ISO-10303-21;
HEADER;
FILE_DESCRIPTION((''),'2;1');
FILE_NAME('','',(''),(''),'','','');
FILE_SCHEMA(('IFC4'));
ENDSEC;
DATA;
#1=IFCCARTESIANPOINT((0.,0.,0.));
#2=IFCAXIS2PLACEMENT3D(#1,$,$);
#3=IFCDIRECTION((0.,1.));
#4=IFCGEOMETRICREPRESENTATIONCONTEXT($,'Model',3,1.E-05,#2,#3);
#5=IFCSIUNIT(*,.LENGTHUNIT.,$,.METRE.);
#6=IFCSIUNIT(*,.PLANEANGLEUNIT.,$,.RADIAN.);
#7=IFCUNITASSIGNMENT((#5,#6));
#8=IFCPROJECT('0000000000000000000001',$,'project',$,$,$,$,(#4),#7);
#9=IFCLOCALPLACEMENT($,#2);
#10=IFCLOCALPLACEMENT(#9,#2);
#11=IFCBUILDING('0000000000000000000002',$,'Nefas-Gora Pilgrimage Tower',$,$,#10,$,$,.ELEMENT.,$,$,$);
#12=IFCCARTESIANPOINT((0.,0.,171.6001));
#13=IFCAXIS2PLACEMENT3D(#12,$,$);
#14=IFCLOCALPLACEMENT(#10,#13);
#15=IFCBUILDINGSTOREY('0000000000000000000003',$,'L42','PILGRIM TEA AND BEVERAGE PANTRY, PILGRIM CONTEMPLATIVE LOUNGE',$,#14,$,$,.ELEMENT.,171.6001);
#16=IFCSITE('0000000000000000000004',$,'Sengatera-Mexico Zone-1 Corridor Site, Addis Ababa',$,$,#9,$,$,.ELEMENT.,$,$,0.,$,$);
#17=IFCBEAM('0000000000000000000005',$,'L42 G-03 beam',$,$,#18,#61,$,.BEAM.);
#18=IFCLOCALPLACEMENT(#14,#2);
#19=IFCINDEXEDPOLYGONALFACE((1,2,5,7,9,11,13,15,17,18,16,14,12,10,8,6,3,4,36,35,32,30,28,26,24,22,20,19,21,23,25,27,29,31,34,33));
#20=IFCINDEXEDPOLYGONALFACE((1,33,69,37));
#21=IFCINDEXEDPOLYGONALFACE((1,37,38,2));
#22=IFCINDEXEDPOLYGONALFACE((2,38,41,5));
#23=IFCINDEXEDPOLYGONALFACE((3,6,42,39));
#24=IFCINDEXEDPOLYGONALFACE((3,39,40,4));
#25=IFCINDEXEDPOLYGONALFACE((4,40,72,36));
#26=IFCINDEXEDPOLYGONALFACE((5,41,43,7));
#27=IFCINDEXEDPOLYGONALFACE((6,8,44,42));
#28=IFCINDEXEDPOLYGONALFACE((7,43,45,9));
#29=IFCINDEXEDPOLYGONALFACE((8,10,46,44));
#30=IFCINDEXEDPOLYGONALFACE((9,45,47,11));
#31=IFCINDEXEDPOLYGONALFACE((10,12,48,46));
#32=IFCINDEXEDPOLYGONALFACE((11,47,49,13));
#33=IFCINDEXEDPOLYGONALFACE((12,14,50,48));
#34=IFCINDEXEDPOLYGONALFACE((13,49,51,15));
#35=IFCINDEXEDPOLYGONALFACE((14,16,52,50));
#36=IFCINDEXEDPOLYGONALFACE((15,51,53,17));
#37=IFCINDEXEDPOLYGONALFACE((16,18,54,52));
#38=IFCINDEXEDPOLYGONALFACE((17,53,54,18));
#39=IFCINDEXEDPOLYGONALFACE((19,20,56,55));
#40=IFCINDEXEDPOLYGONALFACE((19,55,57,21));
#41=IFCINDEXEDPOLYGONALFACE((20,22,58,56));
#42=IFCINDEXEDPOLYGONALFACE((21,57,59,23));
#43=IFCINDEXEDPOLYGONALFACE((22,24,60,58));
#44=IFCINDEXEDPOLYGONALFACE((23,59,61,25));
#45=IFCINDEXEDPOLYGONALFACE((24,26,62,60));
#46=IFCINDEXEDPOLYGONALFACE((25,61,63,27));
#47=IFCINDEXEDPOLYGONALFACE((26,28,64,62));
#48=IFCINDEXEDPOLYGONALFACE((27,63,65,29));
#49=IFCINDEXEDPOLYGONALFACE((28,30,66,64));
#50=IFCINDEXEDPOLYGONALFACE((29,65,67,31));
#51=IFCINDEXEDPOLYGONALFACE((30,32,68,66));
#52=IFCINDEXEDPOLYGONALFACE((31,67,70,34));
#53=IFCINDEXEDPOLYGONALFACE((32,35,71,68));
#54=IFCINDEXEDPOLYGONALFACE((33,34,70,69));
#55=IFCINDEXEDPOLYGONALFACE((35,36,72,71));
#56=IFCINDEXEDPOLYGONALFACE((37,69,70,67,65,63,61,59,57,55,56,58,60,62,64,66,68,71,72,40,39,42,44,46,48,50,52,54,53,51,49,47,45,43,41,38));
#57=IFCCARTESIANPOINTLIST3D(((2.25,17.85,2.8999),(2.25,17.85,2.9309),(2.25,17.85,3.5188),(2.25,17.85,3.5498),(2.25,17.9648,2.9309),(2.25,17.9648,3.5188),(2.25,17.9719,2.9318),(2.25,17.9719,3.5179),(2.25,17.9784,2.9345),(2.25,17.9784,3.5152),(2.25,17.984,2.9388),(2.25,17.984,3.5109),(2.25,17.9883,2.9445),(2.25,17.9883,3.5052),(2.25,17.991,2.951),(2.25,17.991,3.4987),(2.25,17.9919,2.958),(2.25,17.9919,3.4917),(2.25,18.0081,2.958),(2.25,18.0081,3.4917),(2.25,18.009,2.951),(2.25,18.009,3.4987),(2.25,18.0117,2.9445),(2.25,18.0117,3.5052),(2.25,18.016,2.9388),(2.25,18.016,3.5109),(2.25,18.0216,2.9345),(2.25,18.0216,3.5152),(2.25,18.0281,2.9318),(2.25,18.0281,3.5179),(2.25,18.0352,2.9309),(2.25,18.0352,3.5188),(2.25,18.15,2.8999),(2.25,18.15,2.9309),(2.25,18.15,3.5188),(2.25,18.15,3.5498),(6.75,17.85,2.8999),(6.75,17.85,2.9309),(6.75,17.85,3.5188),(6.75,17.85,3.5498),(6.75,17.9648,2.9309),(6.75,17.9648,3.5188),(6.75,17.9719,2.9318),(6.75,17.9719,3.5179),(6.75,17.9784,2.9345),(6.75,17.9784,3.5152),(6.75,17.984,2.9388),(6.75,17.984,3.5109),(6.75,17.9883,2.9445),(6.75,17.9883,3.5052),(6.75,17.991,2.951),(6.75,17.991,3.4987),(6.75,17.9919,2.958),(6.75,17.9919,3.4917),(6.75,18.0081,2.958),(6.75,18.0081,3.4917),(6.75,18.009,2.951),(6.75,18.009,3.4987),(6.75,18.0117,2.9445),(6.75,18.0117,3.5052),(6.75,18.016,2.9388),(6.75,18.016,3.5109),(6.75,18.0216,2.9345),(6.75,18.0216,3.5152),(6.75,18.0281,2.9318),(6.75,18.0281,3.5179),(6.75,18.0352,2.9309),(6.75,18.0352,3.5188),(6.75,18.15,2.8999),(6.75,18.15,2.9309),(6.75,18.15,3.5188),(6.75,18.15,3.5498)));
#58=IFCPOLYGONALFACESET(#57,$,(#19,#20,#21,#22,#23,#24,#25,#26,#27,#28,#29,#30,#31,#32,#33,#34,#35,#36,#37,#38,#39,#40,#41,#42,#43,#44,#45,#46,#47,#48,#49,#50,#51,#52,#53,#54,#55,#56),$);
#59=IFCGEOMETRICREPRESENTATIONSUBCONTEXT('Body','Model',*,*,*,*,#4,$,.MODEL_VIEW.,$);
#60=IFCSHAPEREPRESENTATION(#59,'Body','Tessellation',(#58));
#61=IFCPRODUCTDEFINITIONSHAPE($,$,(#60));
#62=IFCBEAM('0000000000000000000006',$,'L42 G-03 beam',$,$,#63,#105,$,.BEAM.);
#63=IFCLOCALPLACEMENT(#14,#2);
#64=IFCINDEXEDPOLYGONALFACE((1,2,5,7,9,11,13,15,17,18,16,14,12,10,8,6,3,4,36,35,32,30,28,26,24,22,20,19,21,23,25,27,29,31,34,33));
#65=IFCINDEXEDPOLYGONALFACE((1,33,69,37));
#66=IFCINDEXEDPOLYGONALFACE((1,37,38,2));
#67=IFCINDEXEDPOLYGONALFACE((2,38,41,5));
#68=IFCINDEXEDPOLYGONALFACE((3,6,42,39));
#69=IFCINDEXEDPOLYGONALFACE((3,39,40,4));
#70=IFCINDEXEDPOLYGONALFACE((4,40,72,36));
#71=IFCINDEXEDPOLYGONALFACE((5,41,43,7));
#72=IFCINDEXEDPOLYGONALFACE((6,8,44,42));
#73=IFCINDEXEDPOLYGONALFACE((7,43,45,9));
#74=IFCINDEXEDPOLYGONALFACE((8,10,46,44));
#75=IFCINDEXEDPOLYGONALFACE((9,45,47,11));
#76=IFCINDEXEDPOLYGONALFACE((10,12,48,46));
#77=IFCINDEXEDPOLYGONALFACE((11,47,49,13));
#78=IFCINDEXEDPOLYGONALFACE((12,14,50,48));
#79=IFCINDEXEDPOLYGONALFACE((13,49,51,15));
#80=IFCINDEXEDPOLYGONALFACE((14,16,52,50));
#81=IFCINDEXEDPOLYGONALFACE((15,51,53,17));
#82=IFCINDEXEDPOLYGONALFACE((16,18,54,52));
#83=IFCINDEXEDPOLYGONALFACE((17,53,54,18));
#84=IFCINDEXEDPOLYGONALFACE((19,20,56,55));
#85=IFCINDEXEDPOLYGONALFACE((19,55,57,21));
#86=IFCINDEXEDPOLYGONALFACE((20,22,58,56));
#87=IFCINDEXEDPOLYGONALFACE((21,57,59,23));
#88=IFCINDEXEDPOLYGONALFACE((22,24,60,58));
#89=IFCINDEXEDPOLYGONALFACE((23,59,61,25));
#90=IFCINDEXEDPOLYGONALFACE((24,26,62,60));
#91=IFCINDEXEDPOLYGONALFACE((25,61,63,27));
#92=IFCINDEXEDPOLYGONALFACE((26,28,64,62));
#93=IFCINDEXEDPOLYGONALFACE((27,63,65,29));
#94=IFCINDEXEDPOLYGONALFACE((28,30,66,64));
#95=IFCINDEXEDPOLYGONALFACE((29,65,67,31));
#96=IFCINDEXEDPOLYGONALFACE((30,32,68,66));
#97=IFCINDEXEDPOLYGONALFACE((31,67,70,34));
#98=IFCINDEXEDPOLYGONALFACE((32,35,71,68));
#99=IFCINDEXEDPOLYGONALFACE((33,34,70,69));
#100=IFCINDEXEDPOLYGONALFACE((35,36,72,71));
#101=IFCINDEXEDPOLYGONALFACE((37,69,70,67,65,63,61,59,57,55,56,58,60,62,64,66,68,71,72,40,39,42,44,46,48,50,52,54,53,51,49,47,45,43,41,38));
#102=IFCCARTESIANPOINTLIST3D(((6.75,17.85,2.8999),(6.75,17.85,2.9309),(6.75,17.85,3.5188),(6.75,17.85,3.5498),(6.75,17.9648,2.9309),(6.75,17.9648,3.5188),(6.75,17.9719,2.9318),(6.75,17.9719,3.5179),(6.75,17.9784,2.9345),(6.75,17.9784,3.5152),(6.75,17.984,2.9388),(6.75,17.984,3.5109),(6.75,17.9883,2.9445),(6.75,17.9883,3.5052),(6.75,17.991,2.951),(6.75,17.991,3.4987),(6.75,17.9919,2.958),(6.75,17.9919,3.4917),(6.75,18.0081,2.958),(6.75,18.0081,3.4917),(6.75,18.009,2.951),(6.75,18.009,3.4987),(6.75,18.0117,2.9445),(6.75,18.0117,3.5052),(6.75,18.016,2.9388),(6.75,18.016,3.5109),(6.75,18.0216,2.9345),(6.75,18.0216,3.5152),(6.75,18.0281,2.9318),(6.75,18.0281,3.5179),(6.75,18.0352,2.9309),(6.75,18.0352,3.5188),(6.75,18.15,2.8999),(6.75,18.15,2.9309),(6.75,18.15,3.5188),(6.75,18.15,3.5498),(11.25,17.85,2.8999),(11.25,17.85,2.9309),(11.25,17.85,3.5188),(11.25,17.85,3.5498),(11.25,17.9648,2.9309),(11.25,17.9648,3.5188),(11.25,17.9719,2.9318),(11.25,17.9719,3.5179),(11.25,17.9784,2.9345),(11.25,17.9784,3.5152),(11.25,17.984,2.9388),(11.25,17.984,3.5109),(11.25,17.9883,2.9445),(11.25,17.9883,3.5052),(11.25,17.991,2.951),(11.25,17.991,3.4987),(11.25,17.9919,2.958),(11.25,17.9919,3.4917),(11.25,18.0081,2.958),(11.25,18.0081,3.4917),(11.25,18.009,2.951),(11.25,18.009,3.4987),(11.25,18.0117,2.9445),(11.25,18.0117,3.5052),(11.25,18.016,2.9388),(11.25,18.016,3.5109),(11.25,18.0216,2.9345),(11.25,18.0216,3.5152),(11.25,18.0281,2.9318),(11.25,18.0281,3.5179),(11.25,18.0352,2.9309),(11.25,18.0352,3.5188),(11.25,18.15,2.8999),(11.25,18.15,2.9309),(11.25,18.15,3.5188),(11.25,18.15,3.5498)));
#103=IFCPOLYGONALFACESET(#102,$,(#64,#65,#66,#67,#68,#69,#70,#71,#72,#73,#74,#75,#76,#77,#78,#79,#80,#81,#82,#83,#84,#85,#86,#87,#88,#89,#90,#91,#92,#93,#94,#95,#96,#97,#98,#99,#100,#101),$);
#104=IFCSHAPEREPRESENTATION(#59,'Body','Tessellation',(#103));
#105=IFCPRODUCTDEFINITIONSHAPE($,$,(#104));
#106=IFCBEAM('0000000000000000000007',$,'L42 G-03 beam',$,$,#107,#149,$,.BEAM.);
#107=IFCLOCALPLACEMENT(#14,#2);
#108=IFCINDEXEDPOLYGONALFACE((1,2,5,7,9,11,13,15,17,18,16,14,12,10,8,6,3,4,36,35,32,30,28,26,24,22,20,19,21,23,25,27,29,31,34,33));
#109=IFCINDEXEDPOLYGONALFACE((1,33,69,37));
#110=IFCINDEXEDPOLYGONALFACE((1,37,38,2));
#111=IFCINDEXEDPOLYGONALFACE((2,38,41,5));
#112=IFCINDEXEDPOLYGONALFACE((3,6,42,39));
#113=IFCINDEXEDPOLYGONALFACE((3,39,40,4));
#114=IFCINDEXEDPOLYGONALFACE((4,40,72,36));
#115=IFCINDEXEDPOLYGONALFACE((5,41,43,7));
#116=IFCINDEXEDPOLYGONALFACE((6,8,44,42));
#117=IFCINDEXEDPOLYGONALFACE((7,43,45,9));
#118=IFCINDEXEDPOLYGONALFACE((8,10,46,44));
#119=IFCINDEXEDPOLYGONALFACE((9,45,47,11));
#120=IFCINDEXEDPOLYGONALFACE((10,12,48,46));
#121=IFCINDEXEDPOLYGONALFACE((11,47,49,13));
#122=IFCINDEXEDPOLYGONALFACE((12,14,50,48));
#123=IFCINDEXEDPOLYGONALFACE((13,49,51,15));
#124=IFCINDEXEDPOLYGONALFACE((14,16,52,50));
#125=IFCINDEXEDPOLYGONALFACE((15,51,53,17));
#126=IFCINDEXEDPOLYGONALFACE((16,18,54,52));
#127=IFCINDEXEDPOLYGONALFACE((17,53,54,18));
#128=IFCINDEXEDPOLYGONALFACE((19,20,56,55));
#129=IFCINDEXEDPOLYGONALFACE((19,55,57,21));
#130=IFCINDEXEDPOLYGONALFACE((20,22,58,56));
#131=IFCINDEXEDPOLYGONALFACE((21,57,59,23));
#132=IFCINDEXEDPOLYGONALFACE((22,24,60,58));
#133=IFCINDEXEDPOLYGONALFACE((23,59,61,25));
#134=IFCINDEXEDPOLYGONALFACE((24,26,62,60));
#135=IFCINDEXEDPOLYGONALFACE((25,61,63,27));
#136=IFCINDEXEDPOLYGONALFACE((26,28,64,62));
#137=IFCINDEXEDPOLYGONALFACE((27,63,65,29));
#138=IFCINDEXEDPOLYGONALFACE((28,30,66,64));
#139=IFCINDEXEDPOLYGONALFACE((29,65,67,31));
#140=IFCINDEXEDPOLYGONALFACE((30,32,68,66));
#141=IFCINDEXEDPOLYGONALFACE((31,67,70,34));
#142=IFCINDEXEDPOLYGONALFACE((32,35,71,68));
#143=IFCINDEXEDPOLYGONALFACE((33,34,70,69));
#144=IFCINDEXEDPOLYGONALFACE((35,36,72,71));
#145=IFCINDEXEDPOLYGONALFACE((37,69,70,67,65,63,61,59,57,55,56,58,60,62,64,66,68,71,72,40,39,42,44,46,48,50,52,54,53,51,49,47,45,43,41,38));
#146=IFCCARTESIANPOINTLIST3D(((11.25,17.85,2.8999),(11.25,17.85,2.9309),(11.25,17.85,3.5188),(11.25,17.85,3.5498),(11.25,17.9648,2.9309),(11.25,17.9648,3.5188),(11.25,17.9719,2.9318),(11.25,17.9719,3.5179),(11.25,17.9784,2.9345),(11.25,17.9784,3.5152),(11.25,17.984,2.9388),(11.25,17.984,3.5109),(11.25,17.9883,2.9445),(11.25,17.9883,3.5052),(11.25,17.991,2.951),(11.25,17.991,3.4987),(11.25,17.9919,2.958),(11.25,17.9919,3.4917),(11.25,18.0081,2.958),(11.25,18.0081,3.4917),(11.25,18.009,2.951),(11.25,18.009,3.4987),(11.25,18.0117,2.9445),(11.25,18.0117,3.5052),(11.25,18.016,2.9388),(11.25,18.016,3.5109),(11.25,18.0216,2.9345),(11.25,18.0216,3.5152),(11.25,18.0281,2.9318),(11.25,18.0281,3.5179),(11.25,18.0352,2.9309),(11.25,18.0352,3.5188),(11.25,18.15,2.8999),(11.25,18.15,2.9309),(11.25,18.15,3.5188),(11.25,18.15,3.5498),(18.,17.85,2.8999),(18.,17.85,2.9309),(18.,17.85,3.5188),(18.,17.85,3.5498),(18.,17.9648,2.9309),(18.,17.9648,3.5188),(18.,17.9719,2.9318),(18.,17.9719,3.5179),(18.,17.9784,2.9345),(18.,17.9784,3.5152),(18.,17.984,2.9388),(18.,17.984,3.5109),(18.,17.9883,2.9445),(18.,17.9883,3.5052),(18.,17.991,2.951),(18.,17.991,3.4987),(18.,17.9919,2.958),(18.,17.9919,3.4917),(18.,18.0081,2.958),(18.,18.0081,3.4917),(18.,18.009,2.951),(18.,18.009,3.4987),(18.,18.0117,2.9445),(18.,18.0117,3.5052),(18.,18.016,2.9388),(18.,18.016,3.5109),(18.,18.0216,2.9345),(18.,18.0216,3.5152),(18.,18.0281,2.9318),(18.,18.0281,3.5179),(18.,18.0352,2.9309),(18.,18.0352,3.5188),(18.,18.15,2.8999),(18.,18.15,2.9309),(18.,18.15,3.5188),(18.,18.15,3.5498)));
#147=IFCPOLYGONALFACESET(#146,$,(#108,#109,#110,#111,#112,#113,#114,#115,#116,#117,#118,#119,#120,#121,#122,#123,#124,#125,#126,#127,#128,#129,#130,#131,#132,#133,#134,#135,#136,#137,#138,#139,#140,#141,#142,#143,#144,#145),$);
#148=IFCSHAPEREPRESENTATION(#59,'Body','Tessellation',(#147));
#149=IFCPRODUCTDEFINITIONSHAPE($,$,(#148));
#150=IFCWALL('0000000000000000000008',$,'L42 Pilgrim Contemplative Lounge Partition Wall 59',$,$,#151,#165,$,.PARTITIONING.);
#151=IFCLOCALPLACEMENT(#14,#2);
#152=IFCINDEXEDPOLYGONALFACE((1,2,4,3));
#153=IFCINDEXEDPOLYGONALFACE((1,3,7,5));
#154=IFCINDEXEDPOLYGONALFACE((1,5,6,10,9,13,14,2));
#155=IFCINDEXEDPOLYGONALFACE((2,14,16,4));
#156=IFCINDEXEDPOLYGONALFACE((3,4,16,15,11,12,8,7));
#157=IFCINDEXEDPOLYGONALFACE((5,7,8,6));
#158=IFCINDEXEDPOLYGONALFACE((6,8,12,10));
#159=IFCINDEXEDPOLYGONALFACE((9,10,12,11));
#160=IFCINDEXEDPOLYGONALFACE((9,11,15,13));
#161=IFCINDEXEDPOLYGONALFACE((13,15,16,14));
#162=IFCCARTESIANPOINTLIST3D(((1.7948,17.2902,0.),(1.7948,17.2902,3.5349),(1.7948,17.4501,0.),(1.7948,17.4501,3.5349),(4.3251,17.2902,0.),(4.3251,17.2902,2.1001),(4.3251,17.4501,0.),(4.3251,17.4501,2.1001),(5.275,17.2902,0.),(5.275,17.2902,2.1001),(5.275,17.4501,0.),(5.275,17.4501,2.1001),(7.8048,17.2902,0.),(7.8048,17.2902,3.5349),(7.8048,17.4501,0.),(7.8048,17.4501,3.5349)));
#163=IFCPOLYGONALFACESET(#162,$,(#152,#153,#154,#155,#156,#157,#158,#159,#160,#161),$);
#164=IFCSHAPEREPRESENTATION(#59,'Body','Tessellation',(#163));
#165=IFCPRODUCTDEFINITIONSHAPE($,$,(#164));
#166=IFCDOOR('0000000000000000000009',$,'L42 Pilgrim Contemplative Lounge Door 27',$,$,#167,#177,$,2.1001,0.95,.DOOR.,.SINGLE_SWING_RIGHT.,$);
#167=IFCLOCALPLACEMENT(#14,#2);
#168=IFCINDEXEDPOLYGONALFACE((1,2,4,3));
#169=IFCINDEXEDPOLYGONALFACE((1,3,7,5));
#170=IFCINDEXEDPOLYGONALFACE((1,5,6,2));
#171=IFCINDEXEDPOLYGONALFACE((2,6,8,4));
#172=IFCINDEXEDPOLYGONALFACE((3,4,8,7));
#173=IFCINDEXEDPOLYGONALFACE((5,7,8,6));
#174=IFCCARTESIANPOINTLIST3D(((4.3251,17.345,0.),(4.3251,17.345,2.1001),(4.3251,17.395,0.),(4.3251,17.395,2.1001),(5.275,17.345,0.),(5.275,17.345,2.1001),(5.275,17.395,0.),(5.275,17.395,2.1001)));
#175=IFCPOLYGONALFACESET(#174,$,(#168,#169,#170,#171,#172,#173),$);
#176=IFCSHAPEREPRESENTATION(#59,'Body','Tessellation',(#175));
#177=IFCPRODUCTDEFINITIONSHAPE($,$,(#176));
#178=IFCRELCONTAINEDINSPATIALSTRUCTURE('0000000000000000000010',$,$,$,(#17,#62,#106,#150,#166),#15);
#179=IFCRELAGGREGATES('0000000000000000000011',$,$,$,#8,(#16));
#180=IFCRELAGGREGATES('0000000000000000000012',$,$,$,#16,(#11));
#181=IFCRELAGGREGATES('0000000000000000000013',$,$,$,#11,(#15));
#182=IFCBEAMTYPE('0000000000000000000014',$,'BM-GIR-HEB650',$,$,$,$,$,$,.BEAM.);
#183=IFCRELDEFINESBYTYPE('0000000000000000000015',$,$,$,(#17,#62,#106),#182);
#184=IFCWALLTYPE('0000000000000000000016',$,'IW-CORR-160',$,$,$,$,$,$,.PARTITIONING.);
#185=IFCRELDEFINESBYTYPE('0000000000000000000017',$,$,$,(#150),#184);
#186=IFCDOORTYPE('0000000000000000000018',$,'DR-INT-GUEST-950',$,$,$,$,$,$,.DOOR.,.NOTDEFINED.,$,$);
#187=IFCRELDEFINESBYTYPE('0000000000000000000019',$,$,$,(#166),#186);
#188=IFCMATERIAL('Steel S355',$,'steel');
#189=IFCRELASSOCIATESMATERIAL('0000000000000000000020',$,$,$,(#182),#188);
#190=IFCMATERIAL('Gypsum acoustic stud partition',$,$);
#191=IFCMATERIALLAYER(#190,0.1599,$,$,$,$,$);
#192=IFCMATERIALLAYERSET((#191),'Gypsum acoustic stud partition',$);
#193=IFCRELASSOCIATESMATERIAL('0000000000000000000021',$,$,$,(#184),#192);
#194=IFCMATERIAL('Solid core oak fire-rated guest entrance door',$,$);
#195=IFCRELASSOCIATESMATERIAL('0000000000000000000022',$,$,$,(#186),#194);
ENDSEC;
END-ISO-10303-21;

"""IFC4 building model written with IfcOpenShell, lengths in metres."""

from ifc_helpers import new_model, si_unit, direction, frame, frame_2d, origin, origin_2d, place, context, subcontext, project, spatial, rectangle, i_section, extrude, source, transform, mapped, material, layer, layer_set, material_profile, profile_set, type_object, element, fill, save


model = new_model("IFC4")

# Units and contexts
model_context = context("Model", 3, precision=1e-05, world=origin(), true_north=direction((0.0, 1.0)))
body_context = subcontext(model_context, "Body", "Model", "MODEL_VIEW")
ifc_project = project(units=[si_unit("LENGTHUNIT", "METRE"), si_unit("PLANEANGLEUNIT", "RADIAN")], contexts=[model_context])

# Site, building, storey
site_placement = place(None, origin())
site = spatial("IfcSite", under=ifc_project, at=site_placement, Name="Sengatera-Mexico Zone-1 Corridor Site, Addis Ababa", CompositionType="ELEMENT", RefElevation=0.0)
building_placement = place(site_placement, origin())
building = spatial("IfcBuilding", under=site, at=building_placement, Name="Nefas-Gora Pilgrimage Tower", CompositionType="ELEMENT")
storey_placement = place(building_placement, frame((0.0, 0.0, 171.6001)))
storey = spatial("IfcBuildingStorey", under=building, at=storey_placement, Name="L42", Description="PILGRIM TEA AND BEVERAGE PANTRY, PILGRIM CONTEMPLATIVE LOUNGE", CompositionType="ELEMENT", Elevation=171.6001)

# Beams
ifc_material_1 = material(Name="Steel S355", Category="steel")
ifc_material_profile_1 = material_profile(ifc_material_1, i_section(OverallWidth=0.3, OverallDepth=0.6499, WebThickness=0.0161, FlangeThickness=0.031, FilletRadius=0.0271, at=origin_2d()), Name="HEB 650")
ifc_profile_set_1 = profile_set([ifc_material_profile_1], Name="Steel S355")
beam_type = type_object("IfcBeamType", Name="BM-GIR-HEB650", PredefinedType="BEAM", material=ifc_profile_set_1)
shared_shape_1 = source(origin(), body_context, "Body", "SweptSolid", [
    extrude(i_section(OverallWidth=0.3, OverallDepth=0.6499, WebThickness=0.0161, FlangeThickness=0.031, FilletRadius=0.0271, at=origin_2d()), origin(), (0.0, 0.0, 1.0), 4.5),
])
for number, where, z_axis, x_axis, name in (
    (1, (2.25, 18.0, 3.2249), (1.0, 0.0, 0.0), (0.0, 1.0, 0.0), "L42 G-03 beam"),
    (2, (6.75, 18.0, 3.2249), (1.0, 0.0, 0.0), (0.0, 1.0, 0.0), "L42 G-03 beam"),
):
    element("IfcBeam", number, at=place(storey_placement, frame(where, z_axis=z_axis, x_axis=x_axis)), inside=storey, type_object=beam_type, Name=name, PredefinedType="BEAM", context=body_context, shape_type="MappedRepresentation", body=[
        mapped(shared_shape_1, transform((0.0, 0.0, 0.0), x_axis=(1.0, 0.0, 0.0), y_axis=(0.0, 1.0, 0.0), z_axis=(0.0, 0.0, 1.0), scale=1.0)),
    ])
shared_shape_2 = source(origin(), body_context, "Body", "SweptSolid", [
    extrude(i_section(OverallWidth=0.3, OverallDepth=0.6499, WebThickness=0.0161, FlangeThickness=0.031, FilletRadius=0.0271, at=origin_2d()), origin(), (0.0, 0.0, 1.0), 6.75),
])
beam_placement = place(storey_placement, frame((11.25, 18.0, 3.2249), z_axis=(1.0, 0.0, 0.0), x_axis=(0.0, 1.0, 0.0)))
element("IfcBeam", 3, at=beam_placement, inside=storey, type_object=beam_type, Name="L42 G-03 beam", PredefinedType="BEAM", context=body_context, shape_type="MappedRepresentation", body=[
    mapped(shared_shape_2, transform((0.0, 0.0, 0.0), x_axis=(1.0, 0.0, 0.0), y_axis=(0.0, 1.0, 0.0), z_axis=(0.0, 0.0, 1.0), scale=1.0)),
])

# Wall, opening, door
ifc_material_2 = material(Name="Gypsum acoustic stud partition")
ifc_layer_1 = layer(ifc_material_2, 0.1599)
ifc_layer_set_1 = layer_set([ifc_layer_1], Name="Gypsum acoustic stud partition")
wall_type_1 = type_object("IfcWallType", Name="IW-CORR-160", PredefinedType="PARTITIONING", material=ifc_layer_set_1)
shared_shape_3 = source(origin(), body_context, "Body", "SweptSolid", [
    extrude(rectangle(XDim=6.01, YDim=0.1599, at=frame_2d((3.0049, 0.0))), origin(), (0.0, 0.0, 1.0), 3.5349),
])
wall_1_placement = place(storey_placement, frame((1.7949, 17.3701, 0.0), z_axis=(0.0, 0.0, 1.0), x_axis=(1.0, 0.0, 0.0)))
wall_1 = element("IfcWall", 4, at=wall_1_placement, inside=storey, type_object=wall_type_1, Name="L42 Pilgrim Contemplative Lounge Partition Wall 59", PredefinedType="PARTITIONING", context=body_context, shape_type="MappedRepresentation", body=[
    mapped(shared_shape_3, transform((0.0, 0.0, 0.0), x_axis=(1.0, 0.0, 0.0), y_axis=(0.0, 1.0, 0.0), z_axis=(0.0, 0.0, 1.0), scale=1.0)),
])
opening_1_placement = place(wall_1_placement, frame((2.53, 0.0, 0.0)))
opening_1 = element("IfcOpeningElement", 5, at=opening_1_placement, cuts=wall_1, PredefinedType="OPENING", context=body_context, shape_type="SweptSolid", body=[
    extrude(rectangle(XDim=0.95, YDim=2.1001, at=frame_2d((0.4751, 1.05))), frame((0.0, 0.0898, 0.0), z_axis=(0.0, -1.0, 0.0), x_axis=(1.0, 0.0, 0.0)), (0.0, 0.0, 1.0), 0.1799),
])
ifc_material_3 = material(Name="Solid core oak fire-rated guest entrance door")
door_type = type_object("IfcDoorType", Name="DR-INT-GUEST-950", OperationType="NOTDEFINED", PredefinedType="DOOR", material=ifc_material_3)
shared_shape_4 = source(origin(), body_context, "Body", "SweptSolid", [
    extrude(rectangle(XDim=0.95, YDim=2.1001, at=frame_2d((0.4751, 1.05))), frame((0.0, 0.0249, 0.0), z_axis=(0.0, -1.0, 0.0), x_axis=(1.0, 0.0, 0.0)), (0.0, 0.0, 1.0), 0.05),
])
door_1_placement = place(opening_1_placement, origin())
door_1 = element("IfcDoor", 6, at=door_1_placement, inside=storey, type_object=door_type, Name="L42 Pilgrim Contemplative Lounge Door 27", OperationType="SINGLE_SWING_RIGHT", OverallHeight=2.1001, OverallWidth=0.95, PredefinedType="DOOR", context=body_context, shape_type="MappedRepresentation", body=[
    mapped(shared_shape_4, transform((0.0, 0.0, 0.0), x_axis=(1.0, 0.0, 0.0), y_axis=(0.0, 1.0, 0.0), z_axis=(0.0, 0.0, 1.0), scale=1.0)),
])
fill(opening_1, door_1)

save(model, "model.ifc")
